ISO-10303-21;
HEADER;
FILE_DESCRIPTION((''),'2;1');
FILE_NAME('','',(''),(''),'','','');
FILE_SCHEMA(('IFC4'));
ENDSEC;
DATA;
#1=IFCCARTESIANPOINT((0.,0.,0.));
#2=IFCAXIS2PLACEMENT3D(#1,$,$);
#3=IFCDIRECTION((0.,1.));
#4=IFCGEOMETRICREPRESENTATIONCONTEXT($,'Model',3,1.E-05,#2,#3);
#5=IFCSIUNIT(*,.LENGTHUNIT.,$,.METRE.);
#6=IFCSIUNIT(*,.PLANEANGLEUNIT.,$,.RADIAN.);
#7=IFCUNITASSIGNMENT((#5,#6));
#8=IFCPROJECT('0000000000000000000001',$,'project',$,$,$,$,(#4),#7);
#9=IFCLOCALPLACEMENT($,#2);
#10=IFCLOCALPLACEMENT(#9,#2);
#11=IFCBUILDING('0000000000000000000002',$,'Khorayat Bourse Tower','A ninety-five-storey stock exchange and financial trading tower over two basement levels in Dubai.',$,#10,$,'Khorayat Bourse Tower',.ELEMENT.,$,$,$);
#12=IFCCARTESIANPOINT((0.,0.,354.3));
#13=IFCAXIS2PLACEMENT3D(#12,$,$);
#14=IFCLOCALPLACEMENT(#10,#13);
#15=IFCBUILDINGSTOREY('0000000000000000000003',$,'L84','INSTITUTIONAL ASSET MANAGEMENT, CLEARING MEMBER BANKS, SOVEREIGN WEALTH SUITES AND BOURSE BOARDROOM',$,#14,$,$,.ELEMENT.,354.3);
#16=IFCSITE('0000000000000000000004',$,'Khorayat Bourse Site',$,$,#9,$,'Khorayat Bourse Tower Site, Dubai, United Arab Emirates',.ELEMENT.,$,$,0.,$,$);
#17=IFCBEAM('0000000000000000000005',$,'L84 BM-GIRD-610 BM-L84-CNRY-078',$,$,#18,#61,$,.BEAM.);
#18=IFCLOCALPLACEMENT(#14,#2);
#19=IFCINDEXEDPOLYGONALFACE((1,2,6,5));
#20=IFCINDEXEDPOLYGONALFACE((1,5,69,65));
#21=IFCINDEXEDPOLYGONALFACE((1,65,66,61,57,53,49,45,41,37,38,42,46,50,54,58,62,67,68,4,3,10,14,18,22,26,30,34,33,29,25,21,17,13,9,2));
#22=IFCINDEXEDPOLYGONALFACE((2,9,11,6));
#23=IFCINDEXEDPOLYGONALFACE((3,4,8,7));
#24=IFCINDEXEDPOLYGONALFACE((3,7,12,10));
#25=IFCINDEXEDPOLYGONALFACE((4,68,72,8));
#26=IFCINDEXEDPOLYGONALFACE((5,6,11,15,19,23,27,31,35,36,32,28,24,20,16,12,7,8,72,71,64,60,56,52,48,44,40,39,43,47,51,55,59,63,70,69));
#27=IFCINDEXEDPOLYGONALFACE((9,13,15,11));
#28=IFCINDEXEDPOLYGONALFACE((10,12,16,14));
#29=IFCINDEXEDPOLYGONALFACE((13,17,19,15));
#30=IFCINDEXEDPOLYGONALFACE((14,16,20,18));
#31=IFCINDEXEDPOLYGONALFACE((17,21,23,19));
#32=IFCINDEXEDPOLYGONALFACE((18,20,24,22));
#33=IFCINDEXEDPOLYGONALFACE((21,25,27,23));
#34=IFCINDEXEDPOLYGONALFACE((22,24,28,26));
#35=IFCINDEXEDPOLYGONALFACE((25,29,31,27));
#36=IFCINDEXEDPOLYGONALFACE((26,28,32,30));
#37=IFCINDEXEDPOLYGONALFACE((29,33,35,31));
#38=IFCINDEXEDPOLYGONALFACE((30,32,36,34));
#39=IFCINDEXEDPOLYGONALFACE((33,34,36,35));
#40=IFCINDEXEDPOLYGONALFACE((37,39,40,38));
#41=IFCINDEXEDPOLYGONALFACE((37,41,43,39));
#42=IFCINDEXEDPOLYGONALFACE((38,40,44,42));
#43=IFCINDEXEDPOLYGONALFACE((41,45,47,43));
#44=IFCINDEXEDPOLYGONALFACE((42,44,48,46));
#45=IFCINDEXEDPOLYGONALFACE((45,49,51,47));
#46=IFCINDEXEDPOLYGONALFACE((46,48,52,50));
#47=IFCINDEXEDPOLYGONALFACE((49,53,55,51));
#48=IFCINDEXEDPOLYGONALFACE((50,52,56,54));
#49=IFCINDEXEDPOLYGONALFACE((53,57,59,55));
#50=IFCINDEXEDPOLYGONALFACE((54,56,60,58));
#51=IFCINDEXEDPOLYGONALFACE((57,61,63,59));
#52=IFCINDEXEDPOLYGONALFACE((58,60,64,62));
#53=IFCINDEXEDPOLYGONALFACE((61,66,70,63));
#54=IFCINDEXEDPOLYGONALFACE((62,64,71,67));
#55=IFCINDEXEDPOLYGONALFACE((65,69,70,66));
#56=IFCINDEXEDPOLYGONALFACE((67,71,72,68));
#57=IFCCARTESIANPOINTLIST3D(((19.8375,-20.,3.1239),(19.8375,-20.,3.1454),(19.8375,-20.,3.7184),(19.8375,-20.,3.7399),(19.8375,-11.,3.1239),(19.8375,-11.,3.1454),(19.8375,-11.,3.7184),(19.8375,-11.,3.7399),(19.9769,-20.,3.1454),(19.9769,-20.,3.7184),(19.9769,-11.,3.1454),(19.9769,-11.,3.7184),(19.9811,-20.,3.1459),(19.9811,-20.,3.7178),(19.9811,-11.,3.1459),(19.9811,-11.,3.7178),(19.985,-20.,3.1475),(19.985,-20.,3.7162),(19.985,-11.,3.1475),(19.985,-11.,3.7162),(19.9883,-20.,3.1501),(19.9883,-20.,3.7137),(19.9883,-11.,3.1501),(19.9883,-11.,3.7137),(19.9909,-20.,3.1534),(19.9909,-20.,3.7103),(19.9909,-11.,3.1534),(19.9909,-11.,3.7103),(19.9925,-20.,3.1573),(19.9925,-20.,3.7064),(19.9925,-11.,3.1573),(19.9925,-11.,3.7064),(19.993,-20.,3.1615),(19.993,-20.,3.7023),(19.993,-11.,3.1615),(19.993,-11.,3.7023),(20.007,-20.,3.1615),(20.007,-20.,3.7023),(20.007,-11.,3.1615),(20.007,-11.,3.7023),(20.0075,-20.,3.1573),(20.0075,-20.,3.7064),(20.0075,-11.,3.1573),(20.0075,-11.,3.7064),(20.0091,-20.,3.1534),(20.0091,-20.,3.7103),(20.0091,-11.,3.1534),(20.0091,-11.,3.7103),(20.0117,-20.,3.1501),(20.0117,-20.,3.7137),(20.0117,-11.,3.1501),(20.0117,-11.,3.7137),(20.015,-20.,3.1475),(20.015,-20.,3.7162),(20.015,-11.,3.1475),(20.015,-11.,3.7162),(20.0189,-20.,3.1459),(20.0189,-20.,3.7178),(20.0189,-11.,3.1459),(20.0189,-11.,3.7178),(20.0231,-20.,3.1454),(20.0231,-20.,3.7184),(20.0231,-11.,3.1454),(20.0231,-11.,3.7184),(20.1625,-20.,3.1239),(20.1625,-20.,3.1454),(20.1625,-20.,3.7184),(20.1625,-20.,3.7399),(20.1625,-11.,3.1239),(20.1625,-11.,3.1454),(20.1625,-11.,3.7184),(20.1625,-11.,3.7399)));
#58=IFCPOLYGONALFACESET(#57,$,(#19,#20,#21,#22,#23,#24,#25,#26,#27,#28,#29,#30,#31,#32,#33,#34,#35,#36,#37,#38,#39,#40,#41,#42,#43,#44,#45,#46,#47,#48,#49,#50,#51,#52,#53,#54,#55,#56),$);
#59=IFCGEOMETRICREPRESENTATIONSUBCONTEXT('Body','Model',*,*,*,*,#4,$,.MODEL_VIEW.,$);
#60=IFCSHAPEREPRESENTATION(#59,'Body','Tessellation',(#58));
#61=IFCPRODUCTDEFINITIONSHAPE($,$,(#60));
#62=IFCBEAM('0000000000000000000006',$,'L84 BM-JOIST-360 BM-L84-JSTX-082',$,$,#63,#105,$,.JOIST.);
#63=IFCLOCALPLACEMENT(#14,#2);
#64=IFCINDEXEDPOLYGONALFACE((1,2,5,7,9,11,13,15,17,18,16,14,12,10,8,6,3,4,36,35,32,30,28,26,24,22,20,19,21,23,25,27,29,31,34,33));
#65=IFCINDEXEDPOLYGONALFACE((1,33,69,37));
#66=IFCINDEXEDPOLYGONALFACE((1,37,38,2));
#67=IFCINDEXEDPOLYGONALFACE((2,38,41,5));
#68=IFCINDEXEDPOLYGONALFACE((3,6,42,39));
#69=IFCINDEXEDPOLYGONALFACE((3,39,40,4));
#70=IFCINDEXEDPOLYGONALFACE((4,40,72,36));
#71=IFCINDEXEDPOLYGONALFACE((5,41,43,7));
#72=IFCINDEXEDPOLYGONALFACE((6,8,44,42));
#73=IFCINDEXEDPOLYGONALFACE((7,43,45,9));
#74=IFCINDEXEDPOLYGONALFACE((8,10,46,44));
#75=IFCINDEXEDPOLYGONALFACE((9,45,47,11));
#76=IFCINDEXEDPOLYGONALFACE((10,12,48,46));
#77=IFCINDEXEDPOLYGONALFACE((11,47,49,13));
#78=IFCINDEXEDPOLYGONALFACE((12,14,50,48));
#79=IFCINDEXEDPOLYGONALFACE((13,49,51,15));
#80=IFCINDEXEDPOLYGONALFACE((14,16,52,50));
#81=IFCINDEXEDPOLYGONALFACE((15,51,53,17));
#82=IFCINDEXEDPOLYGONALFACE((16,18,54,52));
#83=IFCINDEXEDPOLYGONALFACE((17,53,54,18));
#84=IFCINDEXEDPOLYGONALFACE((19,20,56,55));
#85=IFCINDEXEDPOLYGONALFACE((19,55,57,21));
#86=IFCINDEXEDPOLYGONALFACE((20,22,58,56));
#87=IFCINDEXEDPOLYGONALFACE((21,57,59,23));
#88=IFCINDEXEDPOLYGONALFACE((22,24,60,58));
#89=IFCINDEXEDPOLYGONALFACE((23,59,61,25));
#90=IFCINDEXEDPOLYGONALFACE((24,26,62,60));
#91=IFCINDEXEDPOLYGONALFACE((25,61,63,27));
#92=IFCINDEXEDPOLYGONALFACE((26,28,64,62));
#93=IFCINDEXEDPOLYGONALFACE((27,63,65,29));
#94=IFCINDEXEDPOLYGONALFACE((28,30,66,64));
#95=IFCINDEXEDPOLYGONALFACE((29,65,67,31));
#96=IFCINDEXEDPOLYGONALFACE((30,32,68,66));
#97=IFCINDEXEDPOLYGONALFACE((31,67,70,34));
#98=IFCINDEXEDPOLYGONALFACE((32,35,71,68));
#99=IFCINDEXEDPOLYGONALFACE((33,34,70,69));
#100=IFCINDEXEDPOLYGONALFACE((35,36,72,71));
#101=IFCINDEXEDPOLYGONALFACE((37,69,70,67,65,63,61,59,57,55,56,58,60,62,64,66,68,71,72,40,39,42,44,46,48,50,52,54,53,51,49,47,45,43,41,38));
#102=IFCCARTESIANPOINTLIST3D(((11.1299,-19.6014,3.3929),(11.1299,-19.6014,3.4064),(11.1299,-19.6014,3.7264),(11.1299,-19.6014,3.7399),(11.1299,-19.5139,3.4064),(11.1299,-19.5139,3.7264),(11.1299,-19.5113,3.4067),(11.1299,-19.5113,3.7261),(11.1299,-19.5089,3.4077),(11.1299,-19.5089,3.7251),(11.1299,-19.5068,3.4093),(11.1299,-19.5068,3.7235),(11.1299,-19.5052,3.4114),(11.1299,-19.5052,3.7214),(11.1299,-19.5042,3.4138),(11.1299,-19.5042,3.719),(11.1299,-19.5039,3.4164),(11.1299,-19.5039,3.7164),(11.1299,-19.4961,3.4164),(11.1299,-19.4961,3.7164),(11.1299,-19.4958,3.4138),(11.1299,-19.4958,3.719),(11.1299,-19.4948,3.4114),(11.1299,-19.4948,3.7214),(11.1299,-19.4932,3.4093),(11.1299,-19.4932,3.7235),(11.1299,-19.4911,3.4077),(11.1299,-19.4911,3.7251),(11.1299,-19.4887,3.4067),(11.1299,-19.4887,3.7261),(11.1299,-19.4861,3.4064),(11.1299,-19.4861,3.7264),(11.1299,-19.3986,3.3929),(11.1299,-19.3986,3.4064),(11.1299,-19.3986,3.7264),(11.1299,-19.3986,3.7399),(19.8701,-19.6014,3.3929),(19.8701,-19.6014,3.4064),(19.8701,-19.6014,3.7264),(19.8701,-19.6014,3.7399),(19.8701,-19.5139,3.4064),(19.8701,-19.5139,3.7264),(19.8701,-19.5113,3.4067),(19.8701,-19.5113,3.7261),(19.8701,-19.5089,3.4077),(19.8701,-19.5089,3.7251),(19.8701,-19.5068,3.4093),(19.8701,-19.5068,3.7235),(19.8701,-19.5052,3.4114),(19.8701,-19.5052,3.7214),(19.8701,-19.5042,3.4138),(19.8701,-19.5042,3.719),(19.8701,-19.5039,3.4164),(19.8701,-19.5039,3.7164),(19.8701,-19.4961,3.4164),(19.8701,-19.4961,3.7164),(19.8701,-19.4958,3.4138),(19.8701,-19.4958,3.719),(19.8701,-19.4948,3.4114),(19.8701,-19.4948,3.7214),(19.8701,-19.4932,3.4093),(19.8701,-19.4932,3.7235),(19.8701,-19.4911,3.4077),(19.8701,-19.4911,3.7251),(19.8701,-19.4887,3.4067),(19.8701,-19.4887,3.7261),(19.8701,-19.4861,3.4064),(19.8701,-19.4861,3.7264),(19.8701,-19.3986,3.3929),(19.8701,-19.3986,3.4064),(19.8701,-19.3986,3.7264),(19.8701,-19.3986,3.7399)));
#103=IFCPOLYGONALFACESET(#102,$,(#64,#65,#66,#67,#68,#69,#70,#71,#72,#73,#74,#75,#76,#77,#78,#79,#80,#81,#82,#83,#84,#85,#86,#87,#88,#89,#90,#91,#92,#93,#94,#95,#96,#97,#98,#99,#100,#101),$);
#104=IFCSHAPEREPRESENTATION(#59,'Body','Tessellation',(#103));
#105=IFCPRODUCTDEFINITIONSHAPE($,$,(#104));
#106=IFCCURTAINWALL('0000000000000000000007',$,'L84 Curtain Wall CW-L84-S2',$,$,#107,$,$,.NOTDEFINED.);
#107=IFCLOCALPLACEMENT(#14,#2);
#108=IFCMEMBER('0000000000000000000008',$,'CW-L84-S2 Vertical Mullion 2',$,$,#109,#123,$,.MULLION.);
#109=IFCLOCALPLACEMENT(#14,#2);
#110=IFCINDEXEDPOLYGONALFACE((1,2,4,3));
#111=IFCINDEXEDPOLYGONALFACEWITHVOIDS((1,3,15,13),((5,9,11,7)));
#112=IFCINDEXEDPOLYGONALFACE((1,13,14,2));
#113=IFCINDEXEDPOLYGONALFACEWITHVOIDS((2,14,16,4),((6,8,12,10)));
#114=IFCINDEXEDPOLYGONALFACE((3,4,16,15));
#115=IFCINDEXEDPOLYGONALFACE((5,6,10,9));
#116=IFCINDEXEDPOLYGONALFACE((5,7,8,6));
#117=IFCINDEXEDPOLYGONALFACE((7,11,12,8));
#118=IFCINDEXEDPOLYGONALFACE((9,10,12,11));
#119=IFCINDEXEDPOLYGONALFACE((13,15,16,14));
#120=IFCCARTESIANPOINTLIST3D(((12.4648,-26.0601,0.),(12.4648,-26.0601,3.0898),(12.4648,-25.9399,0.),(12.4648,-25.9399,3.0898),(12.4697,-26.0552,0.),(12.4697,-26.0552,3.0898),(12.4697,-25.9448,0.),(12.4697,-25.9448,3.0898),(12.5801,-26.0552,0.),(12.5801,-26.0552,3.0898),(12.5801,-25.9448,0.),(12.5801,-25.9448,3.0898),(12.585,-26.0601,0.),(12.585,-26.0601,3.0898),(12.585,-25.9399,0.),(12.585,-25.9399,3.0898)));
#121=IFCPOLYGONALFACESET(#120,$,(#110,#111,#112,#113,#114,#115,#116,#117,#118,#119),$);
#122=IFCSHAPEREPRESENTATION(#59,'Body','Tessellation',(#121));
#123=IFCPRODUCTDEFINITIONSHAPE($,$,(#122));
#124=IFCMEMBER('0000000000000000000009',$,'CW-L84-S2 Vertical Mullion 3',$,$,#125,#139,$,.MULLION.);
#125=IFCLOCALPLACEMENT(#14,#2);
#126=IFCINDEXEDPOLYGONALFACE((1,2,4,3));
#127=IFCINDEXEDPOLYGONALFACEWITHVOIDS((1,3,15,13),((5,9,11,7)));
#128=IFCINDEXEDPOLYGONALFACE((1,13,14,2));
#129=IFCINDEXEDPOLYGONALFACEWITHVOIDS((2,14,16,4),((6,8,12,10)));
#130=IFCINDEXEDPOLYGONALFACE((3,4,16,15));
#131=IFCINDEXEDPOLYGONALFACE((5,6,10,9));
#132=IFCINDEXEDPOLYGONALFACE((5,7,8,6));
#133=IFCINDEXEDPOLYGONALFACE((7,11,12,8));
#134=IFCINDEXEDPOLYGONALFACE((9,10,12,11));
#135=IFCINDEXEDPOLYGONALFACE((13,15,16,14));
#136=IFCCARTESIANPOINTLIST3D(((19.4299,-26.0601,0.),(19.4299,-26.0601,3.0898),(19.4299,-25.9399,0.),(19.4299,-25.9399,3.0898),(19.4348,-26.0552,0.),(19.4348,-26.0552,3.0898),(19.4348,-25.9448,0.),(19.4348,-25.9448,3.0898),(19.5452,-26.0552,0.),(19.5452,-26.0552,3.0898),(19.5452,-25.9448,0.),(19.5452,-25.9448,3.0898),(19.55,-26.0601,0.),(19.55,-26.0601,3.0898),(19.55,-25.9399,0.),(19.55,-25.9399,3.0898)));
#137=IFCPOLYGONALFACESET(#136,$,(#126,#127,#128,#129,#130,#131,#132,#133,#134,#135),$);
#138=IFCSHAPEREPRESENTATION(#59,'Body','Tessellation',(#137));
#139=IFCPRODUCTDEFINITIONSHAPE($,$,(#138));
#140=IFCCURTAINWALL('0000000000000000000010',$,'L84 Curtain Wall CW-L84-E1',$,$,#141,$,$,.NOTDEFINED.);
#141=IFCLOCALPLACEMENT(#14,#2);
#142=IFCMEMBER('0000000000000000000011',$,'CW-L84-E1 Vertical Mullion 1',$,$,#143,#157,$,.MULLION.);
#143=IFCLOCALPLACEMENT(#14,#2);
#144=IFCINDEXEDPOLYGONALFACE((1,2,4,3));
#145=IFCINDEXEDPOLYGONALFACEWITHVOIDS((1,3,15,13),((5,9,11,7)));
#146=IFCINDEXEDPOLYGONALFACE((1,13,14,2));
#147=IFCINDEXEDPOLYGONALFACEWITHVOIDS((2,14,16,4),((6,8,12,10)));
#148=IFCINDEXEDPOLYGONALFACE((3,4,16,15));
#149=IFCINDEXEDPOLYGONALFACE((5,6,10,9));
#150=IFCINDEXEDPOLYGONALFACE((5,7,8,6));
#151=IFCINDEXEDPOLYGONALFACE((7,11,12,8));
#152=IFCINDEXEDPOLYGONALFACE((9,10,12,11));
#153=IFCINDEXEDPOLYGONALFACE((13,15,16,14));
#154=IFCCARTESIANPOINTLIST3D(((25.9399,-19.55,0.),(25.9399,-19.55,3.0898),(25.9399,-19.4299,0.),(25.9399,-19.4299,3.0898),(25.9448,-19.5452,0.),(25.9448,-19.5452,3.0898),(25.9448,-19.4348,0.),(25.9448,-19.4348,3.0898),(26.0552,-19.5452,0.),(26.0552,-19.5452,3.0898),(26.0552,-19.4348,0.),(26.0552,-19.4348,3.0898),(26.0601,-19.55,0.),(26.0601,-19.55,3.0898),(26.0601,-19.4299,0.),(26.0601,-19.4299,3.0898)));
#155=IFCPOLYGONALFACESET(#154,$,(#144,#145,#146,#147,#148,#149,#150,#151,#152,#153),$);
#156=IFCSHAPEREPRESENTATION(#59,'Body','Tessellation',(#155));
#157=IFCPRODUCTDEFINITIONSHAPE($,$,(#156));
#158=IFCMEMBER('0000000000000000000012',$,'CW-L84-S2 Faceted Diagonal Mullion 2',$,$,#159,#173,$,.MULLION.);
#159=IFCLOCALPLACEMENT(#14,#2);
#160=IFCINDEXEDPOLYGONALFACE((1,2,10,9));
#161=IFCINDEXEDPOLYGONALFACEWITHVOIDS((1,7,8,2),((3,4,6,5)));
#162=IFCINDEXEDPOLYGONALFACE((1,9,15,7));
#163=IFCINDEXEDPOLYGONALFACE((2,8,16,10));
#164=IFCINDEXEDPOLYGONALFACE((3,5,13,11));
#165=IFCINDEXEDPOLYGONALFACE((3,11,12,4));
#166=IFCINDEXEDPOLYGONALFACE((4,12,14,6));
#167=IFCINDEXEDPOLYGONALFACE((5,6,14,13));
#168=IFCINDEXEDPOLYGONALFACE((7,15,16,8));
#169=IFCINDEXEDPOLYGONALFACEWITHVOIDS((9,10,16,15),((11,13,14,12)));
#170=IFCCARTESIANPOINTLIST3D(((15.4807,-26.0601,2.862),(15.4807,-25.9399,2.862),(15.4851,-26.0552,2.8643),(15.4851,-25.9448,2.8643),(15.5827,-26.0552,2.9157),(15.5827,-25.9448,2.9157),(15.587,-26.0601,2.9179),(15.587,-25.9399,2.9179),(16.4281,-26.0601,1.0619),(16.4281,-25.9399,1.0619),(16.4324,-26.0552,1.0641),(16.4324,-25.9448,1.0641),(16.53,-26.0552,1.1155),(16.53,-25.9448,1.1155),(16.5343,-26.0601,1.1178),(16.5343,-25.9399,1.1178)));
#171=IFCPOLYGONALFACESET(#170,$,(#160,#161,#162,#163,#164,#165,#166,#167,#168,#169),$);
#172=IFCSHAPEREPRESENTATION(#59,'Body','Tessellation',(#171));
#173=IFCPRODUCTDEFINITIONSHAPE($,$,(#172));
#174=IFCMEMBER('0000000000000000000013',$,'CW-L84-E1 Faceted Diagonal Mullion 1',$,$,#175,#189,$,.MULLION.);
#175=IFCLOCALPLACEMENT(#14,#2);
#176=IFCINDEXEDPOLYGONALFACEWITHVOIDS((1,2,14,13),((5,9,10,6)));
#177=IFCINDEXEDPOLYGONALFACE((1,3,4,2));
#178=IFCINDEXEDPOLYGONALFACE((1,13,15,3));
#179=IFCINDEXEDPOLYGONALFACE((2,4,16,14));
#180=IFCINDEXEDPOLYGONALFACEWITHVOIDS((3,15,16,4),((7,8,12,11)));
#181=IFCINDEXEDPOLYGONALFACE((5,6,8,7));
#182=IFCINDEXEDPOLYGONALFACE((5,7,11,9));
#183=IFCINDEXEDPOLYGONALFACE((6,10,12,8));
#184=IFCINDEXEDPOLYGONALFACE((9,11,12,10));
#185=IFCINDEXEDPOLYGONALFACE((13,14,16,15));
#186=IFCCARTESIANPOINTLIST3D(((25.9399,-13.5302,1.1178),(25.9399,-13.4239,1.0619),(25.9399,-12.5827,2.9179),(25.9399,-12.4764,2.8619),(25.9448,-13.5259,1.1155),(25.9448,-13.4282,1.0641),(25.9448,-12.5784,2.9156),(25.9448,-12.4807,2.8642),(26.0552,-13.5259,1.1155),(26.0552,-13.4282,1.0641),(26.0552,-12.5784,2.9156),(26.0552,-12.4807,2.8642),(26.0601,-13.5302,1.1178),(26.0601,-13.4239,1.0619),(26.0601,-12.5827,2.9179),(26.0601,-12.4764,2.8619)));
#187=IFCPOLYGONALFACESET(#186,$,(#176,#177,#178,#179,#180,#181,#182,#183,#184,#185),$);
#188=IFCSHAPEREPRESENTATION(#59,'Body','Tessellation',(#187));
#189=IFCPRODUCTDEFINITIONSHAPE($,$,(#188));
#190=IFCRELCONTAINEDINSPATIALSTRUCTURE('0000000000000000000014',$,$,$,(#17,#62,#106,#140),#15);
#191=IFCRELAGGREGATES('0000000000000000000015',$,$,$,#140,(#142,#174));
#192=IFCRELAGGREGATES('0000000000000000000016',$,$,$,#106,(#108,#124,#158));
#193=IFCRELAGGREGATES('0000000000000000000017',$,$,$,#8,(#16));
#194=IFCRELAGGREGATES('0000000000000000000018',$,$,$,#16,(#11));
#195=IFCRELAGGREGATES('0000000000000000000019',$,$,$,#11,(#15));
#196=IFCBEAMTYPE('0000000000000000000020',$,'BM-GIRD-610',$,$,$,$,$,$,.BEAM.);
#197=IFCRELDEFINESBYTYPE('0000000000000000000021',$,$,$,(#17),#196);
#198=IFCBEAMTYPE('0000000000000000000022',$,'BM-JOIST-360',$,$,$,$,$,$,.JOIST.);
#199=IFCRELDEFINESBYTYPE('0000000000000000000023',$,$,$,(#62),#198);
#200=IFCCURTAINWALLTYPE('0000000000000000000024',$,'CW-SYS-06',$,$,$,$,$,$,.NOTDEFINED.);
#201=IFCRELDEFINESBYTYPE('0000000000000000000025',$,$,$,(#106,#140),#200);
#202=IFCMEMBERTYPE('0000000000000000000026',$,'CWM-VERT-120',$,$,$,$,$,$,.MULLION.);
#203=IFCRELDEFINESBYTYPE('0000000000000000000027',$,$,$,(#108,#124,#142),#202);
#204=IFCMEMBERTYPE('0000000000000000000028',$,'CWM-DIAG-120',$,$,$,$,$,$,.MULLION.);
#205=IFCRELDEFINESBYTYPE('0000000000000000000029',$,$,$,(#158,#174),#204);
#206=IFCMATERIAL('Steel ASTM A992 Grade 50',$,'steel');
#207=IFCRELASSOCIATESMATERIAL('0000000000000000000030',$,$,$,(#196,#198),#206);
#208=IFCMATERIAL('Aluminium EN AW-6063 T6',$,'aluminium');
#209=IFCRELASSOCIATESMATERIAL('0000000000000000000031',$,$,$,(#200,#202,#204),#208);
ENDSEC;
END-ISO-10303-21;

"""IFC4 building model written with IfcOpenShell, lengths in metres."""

from ifc_helpers import new_model, si_unit, direction, frame, origin, origin_2d, place, context, subcontext, project, spatial, hollow_rectangle, i_section, extrude, source, transform, mapped, material, material_profile, profile_set, type_object, element, aggregate, save


model = new_model("IFC4")

# Units and contexts
model_context = context("Model", 3, precision=1e-05, world=origin(), true_north=direction((0.0, 1.0)))
body_context = subcontext(model_context, "Body", "Model", "MODEL_VIEW")
ifc_project = project(units=[si_unit("LENGTHUNIT", "METRE"), si_unit("PLANEANGLEUNIT", "RADIAN")], contexts=[model_context])

# Site, building, storey
site_placement = place(None, origin())
site = spatial("IfcSite", under=ifc_project, at=site_placement, Name="Khorayat Bourse Site", LongName="Khorayat Bourse Tower Site, Dubai, United Arab Emirates", CompositionType="ELEMENT", RefElevation=0.0)
building_placement = place(site_placement, origin())
building = spatial("IfcBuilding", under=site, at=building_placement, Name="Khorayat Bourse Tower", Description="A ninety-five-storey stock exchange and financial trading tower over two basement levels in Dubai.", LongName="Khorayat Bourse Tower", CompositionType="ELEMENT")
storey_placement = place(building_placement, frame((0.0, 0.0, 354.3)))
storey = spatial("IfcBuildingStorey", under=building, at=storey_placement, Name="L84", Description="INSTITUTIONAL ASSET MANAGEMENT, CLEARING MEMBER BANKS, SOVEREIGN WEALTH SUITES AND BOURSE BOARDROOM", CompositionType="ELEMENT", Elevation=354.3)

# Beams
ifc_material_1 = material(Name="Steel ASTM A992 Grade 50", Category="steel")
ifc_material_profile_1 = material_profile(ifc_material_1, i_section(OverallWidth=0.325, OverallDepth=0.616, WebThickness=0.0139, FlangeThickness=0.0215, FilletRadius=0.0161, at=origin_2d()), Name="W610X174")
ifc_profile_set_1 = profile_set([ifc_material_profile_1], Name="Steel ASTM A992 Grade 50")
beam_type_1 = type_object("IfcBeamType", Name="BM-GIRD-610", PredefinedType="BEAM", material=ifc_profile_set_1)
shared_shape_1 = source(origin(), body_context, "Body", "SweptSolid", [
    extrude(i_section(OverallWidth=0.325, OverallDepth=0.616, WebThickness=0.0139, FlangeThickness=0.0215, FilletRadius=0.0161, at=origin_2d()), origin(), (0.0, 0.0, 1.0), 9.0),
])
beam_1_placement = place(storey_placement, frame((20.0, -20.0, 3.4319), z_axis=(0.0, 1.0, 0.0), x_axis=(-1.0, 0.0, 0.0)))
element("IfcBeam", 1, at=beam_1_placement, inside=storey, type_object=beam_type_1, Name="L84 BM-GIRD-610 BM-L84-CNRY-078", PredefinedType="BEAM", context=body_context, shape_type="MappedRepresentation", body=[
    mapped(shared_shape_1, transform((0.0, 0.0, 0.0), scale=1.0)),
])
ifc_material_profile_2 = material_profile(ifc_material_1, i_section(OverallWidth=0.2029, OverallDepth=0.3469, WebThickness=0.0078, FlangeThickness=0.0134, FilletRadius=0.01, at=origin_2d()), Name="W360X64")
ifc_profile_set_2 = profile_set([ifc_material_profile_2], Name="Steel ASTM A992 Grade 50")
beam_type_2 = type_object("IfcBeamType", Name="BM-JOIST-360", PredefinedType="JOIST", material=ifc_profile_set_2)
shared_shape_2 = source(origin(), body_context, "Body", "SweptSolid", [
    extrude(i_section(OverallWidth=0.2029, OverallDepth=0.3469, WebThickness=0.0078, FlangeThickness=0.0134, FilletRadius=0.01, at=origin_2d()), origin(), (0.0, 0.0, 1.0), 8.7402),
])
beam_2_placement = place(storey_placement, frame((11.1299, -19.5, 3.5664), z_axis=(1.0, 0.0, 0.0), x_axis=(0.0, 1.0, 0.0)))
element("IfcBeam", 2, at=beam_2_placement, inside=storey, type_object=beam_type_2, Name="L84 BM-JOIST-360 BM-L84-JSTX-082", PredefinedType="JOIST", context=body_context, shape_type="MappedRepresentation", body=[
    mapped(shared_shape_2, transform((0.0, 0.0, 0.0), scale=1.0)),
])

# Curtain wall, members
ifc_material_2 = material(Name="Aluminium EN AW-6063 T6", Category="aluminium")
curtain_wall_type = type_object("IfcCurtainWallType", Name="CW-SYS-06", PredefinedType="NOTDEFINED", material=ifc_material_2)
curtain_wall_1_placement = place(storey_placement, origin())
curtain_wall_1 = element("IfcCurtainWall", 3, at=curtain_wall_1_placement, inside=storey, type_object=curtain_wall_type, Name="L84 Curtain Wall CW-L84-S2", PredefinedType="NOTDEFINED")
ifc_material_profile_3 = material_profile(ifc_material_2, hollow_rectangle(XDim=0.1201, YDim=0.1201, WallThickness=0.0049, at=origin_2d()), Name="ALU 120x120x5")
ifc_profile_set_3 = profile_set([ifc_material_profile_3], Name="Aluminium EN AW-6063 T6")
member_type_1 = type_object("IfcMemberType", Name="CWM-VERT-120", PredefinedType="MULLION", material=ifc_profile_set_3)
shared_shape_3 = source(origin(), body_context, "Body", "SweptSolid", [
    extrude(hollow_rectangle(XDim=0.1201, YDim=0.1201, WallThickness=0.0049, at=origin_2d()), origin(), (0.0, 0.0, 1.0), 3.0898),
])
member_1_placement = place(storey_placement, frame((12.5249, -26.0, 0.0), z_axis=(0.0, 0.0, 1.0), x_axis=(0.0, 1.0, 0.0)))
member_1 = element("IfcMember", 4, at=member_1_placement, type_object=member_type_1, Name="CW-L84-S2 Vertical Mullion 2", PredefinedType="MULLION", context=body_context, shape_type="MappedRepresentation", body=[
    mapped(shared_shape_3, transform((0.0, 0.0, 0.0), scale=1.0)),
])
member_2_placement = place(storey_placement, frame((19.49, -26.0, 0.0), z_axis=(0.0, 0.0, 1.0), x_axis=(0.0, 1.0, 0.0)))
member_2 = element("IfcMember", 5, at=member_2_placement, type_object=member_type_1, Name="CW-L84-S2 Vertical Mullion 3", PredefinedType="MULLION", context=body_context, shape_type="MappedRepresentation", body=[
    mapped(shared_shape_3, transform((0.0, 0.0, 0.0), scale=1.0)),
])

# Curtain wall, member
curtain_wall_2_placement = place(storey_placement, origin())
curtain_wall_2 = element("IfcCurtainWall", 6, at=curtain_wall_2_placement, inside=storey, type_object=curtain_wall_type, Name="L84 Curtain Wall CW-L84-E1", PredefinedType="NOTDEFINED")
member_3_placement = place(storey_placement, frame((26.0, -19.49, 0.0), z_axis=(0.0, 0.0, 1.0), x_axis=(-1.0, 0.0, 0.0)))
member_3 = element("IfcMember", 7, at=member_3_placement, type_object=member_type_1, Name="CW-L84-E1 Vertical Mullion 1", PredefinedType="MULLION", context=body_context, shape_type="MappedRepresentation", body=[
    mapped(shared_shape_3, transform((0.0, 0.0, 0.0), scale=1.0)),
])

# Members
ifc_material_profile_4 = material_profile(ifc_material_2, hollow_rectangle(XDim=0.1201, YDim=0.1201, WallThickness=0.0049, at=origin_2d()), Name="ALU 120x120x5")
ifc_profile_set_4 = profile_set([ifc_material_profile_4], Name="Aluminium EN AW-6063 T6")
member_type_2 = type_object("IfcMemberType", Name="CWM-DIAG-120", PredefinedType="MULLION", material=ifc_profile_set_4)
shared_shape_4 = source(origin(), body_context, "Body", "SweptSolid", [
    extrude(hollow_rectangle(XDim=0.1201, YDim=0.1201, WallThickness=0.0049, at=origin_2d()), origin(), (0.0, 0.0, 1.0), 2.0342),
])
member_4_placement = place(storey_placement, frame((16.4812, -26.0, 1.0898), z_axis=(-0.465697, 0.0, 0.884944), x_axis=(0.0, -1.0, 0.0)))
member_4 = element("IfcMember", 8, at=member_4_placement, type_object=member_type_2, Name="CW-L84-S2 Faceted Diagonal Mullion 2", PredefinedType="MULLION", context=body_context, shape_type="MappedRepresentation", body=[
    mapped(shared_shape_4, transform((0.0, 0.0, 0.0), scale=1.0)),
])
member_5_placement = place(storey_placement, frame((26.0, -13.4771, 1.0898), z_axis=(0.0, 0.465791, 0.884895), x_axis=(-1.0, 0.0, 0.0)))
member_5 = element("IfcMember", 9, at=member_5_placement, type_object=member_type_2, Name="CW-L84-E1 Faceted Diagonal Mullion 1", PredefinedType="MULLION", context=body_context, shape_type="MappedRepresentation", body=[
    mapped(shared_shape_4, transform((0.0, 0.0, 0.0), scale=1.0)),
])
aggregate(curtain_wall_2, [member_3, member_5])

aggregate(curtain_wall_1, [member_1, member_2, member_4])

save(model, "model.ifc")
